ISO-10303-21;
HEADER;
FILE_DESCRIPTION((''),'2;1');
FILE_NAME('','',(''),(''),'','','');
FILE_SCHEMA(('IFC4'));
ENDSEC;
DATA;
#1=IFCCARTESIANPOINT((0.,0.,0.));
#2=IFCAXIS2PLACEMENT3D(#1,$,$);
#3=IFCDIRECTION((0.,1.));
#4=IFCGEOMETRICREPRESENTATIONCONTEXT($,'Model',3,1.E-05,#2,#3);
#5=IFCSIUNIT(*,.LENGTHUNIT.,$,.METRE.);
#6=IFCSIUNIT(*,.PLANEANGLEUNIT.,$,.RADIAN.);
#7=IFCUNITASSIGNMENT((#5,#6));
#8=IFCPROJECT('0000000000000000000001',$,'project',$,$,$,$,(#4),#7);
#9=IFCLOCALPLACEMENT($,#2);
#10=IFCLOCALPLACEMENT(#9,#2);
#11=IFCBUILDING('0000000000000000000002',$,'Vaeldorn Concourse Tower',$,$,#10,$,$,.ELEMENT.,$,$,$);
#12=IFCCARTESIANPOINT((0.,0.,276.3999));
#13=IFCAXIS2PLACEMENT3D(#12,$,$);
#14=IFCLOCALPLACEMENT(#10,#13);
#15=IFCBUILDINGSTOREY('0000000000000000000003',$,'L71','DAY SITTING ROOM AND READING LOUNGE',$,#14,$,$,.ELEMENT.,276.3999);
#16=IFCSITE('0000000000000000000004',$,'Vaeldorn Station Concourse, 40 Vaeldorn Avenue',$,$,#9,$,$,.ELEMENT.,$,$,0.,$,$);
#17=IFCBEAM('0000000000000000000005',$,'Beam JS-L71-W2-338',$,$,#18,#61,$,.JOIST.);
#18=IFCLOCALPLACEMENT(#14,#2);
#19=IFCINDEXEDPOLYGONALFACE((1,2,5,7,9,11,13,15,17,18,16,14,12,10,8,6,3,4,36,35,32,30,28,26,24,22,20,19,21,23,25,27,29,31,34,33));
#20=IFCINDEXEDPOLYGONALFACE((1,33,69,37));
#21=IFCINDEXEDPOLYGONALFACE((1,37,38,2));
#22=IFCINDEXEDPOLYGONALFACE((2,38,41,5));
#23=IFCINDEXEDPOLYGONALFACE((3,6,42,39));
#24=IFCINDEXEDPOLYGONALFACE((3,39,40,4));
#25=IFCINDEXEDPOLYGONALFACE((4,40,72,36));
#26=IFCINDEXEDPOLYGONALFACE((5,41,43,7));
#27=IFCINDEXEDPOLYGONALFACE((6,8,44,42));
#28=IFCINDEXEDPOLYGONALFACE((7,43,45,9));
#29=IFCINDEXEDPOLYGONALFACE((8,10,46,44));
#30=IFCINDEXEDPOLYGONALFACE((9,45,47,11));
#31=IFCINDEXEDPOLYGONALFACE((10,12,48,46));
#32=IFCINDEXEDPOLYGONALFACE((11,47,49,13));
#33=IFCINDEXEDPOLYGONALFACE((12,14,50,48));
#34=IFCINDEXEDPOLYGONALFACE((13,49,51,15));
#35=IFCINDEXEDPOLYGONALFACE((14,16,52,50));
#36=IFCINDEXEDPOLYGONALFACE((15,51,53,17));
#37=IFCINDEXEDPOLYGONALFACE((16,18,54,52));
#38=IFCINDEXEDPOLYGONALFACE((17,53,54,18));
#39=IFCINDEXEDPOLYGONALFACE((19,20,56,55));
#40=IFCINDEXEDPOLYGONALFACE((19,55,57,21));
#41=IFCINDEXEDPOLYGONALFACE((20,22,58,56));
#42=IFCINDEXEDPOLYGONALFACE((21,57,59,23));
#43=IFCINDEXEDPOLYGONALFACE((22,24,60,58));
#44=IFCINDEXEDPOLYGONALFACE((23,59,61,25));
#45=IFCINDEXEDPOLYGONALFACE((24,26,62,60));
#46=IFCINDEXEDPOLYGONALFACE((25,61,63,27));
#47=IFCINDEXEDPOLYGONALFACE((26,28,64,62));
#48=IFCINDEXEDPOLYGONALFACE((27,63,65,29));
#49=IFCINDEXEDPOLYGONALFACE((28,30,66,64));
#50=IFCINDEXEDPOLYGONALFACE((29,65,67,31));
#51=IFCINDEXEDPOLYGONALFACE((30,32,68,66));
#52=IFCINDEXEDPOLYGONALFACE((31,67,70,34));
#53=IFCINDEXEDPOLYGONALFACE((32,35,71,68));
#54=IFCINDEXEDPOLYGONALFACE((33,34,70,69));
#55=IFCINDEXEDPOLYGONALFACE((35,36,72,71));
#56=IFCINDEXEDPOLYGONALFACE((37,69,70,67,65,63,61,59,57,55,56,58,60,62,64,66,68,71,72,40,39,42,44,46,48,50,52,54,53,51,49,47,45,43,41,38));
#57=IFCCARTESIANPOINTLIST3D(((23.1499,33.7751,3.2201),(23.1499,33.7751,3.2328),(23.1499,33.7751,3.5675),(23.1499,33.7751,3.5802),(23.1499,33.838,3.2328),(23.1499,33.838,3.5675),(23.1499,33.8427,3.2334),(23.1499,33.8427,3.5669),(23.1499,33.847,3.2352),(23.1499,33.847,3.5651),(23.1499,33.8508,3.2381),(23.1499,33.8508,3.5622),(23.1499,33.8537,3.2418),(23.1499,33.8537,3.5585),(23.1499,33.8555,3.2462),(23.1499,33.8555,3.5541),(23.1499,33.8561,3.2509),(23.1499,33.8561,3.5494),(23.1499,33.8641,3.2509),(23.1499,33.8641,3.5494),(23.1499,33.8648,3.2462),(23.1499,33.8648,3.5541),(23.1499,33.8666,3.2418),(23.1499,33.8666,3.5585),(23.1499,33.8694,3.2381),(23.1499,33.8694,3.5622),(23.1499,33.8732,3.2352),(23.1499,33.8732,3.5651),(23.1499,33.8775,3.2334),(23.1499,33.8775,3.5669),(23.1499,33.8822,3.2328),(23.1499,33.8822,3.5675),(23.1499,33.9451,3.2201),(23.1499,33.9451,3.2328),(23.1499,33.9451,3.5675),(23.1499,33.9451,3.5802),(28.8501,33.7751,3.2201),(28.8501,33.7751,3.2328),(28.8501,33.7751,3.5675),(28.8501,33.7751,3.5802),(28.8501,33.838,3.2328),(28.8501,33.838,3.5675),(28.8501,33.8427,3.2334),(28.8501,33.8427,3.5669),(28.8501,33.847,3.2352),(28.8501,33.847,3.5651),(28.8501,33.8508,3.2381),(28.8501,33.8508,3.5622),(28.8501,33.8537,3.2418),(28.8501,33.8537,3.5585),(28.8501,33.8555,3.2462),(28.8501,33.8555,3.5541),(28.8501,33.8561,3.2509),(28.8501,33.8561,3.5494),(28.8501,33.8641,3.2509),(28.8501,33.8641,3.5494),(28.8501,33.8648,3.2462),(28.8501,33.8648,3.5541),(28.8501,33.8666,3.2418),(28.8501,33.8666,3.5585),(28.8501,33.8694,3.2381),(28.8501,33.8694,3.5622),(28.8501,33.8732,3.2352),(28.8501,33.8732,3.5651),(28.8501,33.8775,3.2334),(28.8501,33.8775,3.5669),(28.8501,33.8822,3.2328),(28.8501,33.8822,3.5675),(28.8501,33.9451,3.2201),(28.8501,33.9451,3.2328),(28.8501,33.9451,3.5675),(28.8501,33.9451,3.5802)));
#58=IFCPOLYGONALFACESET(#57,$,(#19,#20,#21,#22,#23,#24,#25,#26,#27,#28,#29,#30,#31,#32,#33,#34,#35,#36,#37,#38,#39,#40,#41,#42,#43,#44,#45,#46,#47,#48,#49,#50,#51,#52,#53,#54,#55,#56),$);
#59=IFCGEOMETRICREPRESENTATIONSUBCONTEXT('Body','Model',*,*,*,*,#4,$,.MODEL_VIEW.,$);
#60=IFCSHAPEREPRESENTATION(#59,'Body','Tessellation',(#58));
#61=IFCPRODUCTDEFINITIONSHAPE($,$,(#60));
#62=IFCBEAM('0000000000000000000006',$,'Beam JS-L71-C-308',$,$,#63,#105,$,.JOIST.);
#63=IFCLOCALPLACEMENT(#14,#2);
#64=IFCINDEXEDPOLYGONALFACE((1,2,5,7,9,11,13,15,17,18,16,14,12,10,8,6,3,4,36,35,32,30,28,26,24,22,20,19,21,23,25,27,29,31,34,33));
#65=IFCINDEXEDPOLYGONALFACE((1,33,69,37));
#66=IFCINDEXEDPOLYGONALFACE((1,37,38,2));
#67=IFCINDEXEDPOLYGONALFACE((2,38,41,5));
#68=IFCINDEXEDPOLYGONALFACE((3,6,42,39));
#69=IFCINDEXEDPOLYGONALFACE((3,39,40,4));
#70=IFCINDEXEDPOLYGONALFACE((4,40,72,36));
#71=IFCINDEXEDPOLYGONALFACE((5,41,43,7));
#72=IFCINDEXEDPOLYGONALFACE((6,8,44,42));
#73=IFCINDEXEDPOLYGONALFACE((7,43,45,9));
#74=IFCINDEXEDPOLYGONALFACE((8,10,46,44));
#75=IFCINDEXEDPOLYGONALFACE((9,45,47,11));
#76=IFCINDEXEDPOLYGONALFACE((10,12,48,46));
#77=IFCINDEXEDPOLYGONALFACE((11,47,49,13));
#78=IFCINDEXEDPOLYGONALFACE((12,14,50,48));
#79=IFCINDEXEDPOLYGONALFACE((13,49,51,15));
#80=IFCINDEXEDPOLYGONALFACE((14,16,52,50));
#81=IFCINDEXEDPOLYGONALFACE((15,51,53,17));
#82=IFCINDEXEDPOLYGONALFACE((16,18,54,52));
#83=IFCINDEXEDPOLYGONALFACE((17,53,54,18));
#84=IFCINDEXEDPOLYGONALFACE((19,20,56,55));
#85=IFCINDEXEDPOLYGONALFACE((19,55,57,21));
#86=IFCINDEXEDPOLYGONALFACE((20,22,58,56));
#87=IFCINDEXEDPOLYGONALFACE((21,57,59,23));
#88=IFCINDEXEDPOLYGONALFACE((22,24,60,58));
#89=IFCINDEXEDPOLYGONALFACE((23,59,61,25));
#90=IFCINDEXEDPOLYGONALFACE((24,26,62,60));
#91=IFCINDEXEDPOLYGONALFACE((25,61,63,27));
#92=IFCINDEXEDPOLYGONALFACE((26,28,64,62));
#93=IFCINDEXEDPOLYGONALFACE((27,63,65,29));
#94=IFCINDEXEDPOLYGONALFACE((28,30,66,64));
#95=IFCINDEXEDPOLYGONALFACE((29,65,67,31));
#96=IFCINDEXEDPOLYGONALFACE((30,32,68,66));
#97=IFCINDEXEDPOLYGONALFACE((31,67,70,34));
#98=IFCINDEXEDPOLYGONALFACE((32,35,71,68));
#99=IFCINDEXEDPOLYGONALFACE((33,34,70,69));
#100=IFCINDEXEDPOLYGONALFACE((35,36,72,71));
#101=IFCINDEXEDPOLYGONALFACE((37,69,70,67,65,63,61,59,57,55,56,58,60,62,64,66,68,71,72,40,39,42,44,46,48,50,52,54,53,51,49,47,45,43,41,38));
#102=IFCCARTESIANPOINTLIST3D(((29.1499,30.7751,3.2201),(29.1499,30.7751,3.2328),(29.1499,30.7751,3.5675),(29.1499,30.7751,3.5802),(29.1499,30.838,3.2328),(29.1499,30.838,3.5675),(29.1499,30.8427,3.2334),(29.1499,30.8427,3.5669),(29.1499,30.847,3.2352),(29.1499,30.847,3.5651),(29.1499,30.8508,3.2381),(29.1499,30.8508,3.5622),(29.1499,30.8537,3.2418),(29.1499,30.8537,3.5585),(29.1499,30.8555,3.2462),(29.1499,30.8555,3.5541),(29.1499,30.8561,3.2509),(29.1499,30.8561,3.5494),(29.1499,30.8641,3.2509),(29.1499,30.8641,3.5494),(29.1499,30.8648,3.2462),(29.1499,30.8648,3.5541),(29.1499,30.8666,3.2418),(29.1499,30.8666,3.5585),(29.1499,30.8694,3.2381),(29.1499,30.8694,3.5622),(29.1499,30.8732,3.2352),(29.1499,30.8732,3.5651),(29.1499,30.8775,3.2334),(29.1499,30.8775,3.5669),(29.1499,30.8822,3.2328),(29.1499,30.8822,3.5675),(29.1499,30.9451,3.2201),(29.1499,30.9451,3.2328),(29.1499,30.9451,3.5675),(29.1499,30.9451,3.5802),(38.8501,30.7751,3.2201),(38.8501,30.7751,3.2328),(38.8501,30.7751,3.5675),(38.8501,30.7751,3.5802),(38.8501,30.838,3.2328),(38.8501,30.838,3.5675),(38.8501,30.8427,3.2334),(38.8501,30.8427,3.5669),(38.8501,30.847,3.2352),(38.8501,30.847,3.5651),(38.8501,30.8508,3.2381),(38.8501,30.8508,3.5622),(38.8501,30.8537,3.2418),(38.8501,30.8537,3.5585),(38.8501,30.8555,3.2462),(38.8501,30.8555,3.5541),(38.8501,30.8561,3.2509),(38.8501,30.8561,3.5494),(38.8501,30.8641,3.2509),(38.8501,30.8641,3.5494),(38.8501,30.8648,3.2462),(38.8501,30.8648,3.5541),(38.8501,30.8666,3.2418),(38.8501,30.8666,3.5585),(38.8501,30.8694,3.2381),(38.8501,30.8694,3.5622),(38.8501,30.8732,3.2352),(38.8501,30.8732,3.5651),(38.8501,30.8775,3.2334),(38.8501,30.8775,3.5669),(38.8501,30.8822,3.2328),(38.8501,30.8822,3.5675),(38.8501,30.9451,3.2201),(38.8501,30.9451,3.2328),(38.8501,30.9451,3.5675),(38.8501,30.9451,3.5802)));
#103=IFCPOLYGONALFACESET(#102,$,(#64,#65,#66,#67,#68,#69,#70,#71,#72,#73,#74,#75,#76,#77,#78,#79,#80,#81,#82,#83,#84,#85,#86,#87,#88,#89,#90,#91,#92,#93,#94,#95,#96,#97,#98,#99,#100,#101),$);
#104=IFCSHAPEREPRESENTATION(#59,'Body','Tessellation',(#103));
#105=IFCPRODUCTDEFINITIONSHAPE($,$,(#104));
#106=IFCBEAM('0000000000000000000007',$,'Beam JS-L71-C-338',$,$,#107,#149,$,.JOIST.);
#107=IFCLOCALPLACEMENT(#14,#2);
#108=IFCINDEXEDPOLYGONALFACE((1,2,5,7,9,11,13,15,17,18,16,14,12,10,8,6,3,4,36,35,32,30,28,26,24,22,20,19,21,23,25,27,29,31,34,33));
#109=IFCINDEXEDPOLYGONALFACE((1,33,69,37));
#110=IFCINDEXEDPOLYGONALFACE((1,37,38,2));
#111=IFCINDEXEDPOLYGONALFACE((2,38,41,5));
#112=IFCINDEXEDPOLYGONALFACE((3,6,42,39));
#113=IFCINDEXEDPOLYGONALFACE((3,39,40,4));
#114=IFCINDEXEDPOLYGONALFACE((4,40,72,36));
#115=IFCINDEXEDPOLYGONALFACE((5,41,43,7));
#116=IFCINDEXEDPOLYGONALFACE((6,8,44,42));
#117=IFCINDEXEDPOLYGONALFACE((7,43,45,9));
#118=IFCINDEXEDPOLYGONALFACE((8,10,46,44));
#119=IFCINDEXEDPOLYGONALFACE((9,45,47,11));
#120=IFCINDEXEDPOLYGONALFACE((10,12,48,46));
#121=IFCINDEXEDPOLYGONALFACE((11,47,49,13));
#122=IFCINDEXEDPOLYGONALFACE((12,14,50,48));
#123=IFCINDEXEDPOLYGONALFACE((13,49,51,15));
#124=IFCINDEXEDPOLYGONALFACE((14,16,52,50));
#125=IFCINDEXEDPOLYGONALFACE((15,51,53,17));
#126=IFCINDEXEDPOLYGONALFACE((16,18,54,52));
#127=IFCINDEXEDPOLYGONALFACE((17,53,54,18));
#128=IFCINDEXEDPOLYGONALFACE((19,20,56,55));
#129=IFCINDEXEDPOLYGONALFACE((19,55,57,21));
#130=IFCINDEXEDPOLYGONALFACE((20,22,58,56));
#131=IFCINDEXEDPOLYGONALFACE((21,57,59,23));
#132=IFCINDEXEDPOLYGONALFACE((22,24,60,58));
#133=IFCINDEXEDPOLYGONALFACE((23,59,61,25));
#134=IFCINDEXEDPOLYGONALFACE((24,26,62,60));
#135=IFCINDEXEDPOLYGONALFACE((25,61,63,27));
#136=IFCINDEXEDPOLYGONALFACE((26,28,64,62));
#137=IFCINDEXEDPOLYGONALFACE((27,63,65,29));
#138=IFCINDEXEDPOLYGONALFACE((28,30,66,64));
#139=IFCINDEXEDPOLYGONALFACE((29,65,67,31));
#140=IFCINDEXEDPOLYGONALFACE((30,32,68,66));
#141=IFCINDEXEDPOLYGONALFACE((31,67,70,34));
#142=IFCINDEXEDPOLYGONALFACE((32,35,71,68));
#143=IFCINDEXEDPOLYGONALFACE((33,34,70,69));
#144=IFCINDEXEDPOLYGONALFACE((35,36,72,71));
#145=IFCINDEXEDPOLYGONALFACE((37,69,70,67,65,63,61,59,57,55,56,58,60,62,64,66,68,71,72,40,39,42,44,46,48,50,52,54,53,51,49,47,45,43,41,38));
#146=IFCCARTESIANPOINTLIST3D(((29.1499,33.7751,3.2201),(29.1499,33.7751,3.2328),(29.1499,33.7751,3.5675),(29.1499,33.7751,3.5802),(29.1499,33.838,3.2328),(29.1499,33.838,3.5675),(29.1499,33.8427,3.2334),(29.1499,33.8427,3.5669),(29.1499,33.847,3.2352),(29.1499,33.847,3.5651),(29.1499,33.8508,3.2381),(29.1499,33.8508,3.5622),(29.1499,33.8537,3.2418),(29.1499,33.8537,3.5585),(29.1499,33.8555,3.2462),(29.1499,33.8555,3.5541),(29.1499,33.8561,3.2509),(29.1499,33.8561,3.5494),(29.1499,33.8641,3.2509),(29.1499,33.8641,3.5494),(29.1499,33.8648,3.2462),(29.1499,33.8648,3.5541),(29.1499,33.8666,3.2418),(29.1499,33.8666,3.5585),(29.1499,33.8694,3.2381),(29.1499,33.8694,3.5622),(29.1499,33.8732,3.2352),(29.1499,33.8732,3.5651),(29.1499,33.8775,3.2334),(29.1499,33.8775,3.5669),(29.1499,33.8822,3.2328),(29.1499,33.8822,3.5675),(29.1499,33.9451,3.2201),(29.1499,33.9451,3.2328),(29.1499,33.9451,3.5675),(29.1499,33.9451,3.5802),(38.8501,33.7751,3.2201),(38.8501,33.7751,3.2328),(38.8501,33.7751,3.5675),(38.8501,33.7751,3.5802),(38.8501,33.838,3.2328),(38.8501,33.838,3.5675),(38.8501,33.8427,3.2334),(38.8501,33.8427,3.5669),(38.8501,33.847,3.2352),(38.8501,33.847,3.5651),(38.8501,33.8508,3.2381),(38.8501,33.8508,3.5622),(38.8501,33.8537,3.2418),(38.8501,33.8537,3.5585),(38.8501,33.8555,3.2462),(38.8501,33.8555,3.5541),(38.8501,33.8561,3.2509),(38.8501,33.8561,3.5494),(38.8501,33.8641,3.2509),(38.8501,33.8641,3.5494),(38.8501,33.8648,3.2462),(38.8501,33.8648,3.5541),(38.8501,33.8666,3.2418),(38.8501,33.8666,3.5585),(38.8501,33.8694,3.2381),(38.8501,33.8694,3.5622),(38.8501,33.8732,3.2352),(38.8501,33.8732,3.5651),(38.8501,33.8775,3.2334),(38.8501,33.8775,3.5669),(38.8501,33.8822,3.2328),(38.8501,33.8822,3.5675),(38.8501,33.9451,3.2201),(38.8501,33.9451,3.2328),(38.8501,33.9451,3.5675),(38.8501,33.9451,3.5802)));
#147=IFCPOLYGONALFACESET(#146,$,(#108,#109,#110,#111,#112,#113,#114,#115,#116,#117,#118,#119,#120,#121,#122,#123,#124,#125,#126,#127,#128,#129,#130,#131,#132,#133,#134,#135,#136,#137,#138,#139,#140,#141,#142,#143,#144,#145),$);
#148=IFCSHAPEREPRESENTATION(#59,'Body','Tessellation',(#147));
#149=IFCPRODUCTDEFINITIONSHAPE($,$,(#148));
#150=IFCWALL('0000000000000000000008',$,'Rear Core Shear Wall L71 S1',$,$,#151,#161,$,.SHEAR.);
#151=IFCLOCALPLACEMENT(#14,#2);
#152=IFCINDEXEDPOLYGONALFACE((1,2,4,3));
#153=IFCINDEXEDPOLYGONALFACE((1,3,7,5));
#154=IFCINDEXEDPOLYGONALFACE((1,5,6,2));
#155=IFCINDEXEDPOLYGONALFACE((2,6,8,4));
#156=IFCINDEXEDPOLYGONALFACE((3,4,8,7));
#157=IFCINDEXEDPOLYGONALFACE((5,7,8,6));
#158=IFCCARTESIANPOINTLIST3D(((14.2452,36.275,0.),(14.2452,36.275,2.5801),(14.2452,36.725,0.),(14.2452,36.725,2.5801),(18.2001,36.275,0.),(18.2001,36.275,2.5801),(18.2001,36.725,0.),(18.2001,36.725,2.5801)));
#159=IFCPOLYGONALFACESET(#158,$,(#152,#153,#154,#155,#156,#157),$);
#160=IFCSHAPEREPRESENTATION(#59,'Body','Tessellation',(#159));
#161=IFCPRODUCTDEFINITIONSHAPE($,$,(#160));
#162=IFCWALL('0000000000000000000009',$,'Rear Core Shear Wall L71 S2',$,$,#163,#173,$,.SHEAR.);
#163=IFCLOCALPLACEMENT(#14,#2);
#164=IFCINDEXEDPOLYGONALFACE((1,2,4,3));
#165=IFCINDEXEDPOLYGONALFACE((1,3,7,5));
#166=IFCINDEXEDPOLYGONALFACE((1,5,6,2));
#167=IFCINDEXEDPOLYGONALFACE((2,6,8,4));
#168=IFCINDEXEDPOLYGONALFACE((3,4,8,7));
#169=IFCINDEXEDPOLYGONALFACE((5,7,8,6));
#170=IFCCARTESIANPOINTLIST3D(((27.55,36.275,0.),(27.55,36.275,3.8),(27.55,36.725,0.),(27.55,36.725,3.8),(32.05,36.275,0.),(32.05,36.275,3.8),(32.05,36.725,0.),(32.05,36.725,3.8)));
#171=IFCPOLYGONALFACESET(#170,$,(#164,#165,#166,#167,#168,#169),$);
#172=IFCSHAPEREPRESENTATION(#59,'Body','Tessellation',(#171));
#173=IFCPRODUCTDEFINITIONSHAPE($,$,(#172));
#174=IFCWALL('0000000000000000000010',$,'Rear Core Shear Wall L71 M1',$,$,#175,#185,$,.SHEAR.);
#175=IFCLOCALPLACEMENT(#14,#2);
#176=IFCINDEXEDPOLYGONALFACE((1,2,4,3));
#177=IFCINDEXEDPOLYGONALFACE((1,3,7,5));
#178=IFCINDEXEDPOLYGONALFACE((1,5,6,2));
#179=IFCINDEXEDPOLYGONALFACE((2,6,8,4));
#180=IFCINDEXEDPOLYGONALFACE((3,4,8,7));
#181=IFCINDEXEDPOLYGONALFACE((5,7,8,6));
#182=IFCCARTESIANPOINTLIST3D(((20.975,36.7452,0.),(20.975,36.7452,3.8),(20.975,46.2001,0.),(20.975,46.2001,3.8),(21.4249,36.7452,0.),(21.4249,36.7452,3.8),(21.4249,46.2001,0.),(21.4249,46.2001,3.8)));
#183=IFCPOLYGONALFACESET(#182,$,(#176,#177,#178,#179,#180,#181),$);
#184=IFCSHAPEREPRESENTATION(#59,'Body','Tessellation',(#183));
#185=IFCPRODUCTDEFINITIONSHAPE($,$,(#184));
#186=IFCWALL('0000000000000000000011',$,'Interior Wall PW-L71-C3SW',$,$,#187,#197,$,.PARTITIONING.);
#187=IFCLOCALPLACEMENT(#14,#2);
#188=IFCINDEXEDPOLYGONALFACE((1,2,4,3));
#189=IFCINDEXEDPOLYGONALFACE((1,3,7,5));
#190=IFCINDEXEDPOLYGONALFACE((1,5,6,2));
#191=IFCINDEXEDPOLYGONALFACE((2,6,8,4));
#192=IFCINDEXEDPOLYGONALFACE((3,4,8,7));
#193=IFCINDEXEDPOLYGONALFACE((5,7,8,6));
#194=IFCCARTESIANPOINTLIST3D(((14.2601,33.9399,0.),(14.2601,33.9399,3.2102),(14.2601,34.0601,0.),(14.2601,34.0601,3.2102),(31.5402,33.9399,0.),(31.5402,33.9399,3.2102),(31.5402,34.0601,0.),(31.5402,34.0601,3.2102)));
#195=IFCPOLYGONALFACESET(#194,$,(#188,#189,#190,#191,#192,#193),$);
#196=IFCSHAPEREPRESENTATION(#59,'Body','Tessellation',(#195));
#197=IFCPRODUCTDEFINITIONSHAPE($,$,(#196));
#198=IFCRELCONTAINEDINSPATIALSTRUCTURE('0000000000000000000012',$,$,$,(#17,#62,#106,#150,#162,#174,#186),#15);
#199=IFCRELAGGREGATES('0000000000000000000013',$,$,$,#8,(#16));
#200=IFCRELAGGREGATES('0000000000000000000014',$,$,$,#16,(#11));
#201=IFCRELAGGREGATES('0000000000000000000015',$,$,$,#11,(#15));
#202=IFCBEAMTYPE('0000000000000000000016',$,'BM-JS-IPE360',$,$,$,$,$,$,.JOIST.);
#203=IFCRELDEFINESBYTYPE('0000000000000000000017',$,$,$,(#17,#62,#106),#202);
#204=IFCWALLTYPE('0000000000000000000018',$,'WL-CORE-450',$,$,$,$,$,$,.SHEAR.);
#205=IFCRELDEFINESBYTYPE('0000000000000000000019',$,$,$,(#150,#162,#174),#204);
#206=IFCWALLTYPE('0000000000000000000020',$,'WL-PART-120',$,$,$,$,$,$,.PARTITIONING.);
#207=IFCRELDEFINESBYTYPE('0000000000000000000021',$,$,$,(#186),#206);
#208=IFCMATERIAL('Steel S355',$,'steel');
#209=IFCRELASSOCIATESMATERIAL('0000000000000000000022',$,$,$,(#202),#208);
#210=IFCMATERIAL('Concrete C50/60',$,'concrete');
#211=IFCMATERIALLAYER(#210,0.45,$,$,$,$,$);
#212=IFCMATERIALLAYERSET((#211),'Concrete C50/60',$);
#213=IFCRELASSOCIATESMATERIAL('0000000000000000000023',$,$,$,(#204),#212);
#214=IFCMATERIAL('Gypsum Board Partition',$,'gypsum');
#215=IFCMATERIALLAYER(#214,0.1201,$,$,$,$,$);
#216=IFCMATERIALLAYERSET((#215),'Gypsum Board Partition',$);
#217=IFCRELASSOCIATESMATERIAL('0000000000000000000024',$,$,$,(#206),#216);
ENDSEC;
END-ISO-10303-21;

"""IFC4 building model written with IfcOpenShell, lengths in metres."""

from ifc_helpers import new_model, si_unit, direction, frame, frame_2d, origin, origin_2d, place, context, subcontext, project, spatial, rectangle, i_section, extrude, source, transform, mapped, material, layer, layer_set, material_profile, profile_set, type_object, element, save


model = new_model("IFC4")

# Units and contexts
model_context = context("Model", 3, precision=1e-05, world=origin(), true_north=direction((0.0, 1.0)))
body_context = subcontext(model_context, "Body", "Model", "MODEL_VIEW")
ifc_project = project(units=[si_unit("LENGTHUNIT", "METRE"), si_unit("PLANEANGLEUNIT", "RADIAN")], contexts=[model_context])

# Site, building, storey
site_placement = place(None, origin())
site = spatial("IfcSite", under=ifc_project, at=site_placement, Name="Vaeldorn Station Concourse, 40 Vaeldorn Avenue", CompositionType="ELEMENT", RefElevation=0.0)
building_placement = place(site_placement, origin())
building = spatial("IfcBuilding", under=site, at=building_placement, Name="Vaeldorn Concourse Tower", CompositionType="ELEMENT")
storey_placement = place(building_placement, frame((0.0, 0.0, 276.3999)))
storey = spatial("IfcBuildingStorey", under=building, at=storey_placement, Name="L71", Description="DAY SITTING ROOM AND READING LOUNGE", CompositionType="ELEMENT", Elevation=276.3999)

# Shared definitions
ifc_material_1 = material(Name="Steel S355", Category="steel")

# Beams
ifc_material_2 = material(Name="Concrete C50/60", Category="concrete")
ifc_material_profile_1 = material_profile(ifc_material_1, i_section(OverallWidth=0.1699, OverallDepth=0.3601, WebThickness=0.0081, FlangeThickness=0.0127, FilletRadius=0.0181, at=origin_2d()), Name="IPE 360")
ifc_profile_set_1 = profile_set([ifc_material_profile_1], Name="Steel S355")
beam_type_1 = type_object("IfcBeamType", Name="BM-JS-IPE360", PredefinedType="JOIST", material=ifc_profile_set_1)
shared_shape_1 = source(origin(), body_context, "Body", "SweptSolid", [
    extrude(i_section(OverallWidth=0.1699, OverallDepth=0.3601, WebThickness=0.0081, FlangeThickness=0.0127, FilletRadius=0.0181, at=origin_2d()), origin(), (0.0, 0.0, 1.0), 5.7002),
])
for number, where, z_axis, x_axis, name in (
    (1, (23.1499, 33.8601, 3.4001), (1.0, 0.0, 0.0), (0.0, 1.0, 0.0), "Beam JS-L71-W2-338"),
):
    element("IfcBeam", number, at=place(storey_placement, frame(where, z_axis=z_axis, x_axis=x_axis)), inside=storey, type_object=beam_type_1, Name=name, PredefinedType="JOIST", context=body_context, shape_type="MappedRepresentation", body=[
        mapped(shared_shape_1, transform((0.0, 0.0, 0.0), scale=1.0)),
    ])
shared_shape_2 = source(origin(), body_context, "Body", "SweptSolid", [
    extrude(i_section(OverallWidth=0.1699, OverallDepth=0.3601, WebThickness=0.0081, FlangeThickness=0.0127, FilletRadius=0.0181, at=origin_2d()), origin(), (0.0, 0.0, 1.0), 9.7002),
])
for number, where, z_axis, x_axis, name in (
    (2, (29.1499, 30.8601, 3.4001), (1.0, 0.0, 0.0), (0.0, 1.0, 0.0), "Beam JS-L71-C-308"),
    (3, (29.1499, 33.8601, 3.4001), (1.0, 0.0, 0.0), (0.0, 1.0, 0.0), "Beam JS-L71-C-338"),
):
    element("IfcBeam", number, at=place(storey_placement, frame(where, z_axis=z_axis, x_axis=x_axis)), inside=storey, type_object=beam_type_1, Name=name, PredefinedType="JOIST", context=body_context, shape_type="MappedRepresentation", body=[
        mapped(shared_shape_2, transform((0.0, 0.0, 0.0), scale=1.0)),
    ])

# Walls
ifc_layer_1 = layer(ifc_material_2, 0.45)
ifc_layer_set_1 = layer_set([ifc_layer_1], Name="Concrete C50/60")
wall_type_1 = type_object("IfcWallType", Name="WL-CORE-450", PredefinedType="SHEAR", material=ifc_layer_set_1)
wall_1_placement = place(storey_placement, frame((14.2451, 36.5, 0.0), z_axis=(0.0, 0.0, 1.0), x_axis=(1.0, 0.0, 0.0)))
element("IfcWall", 4, at=wall_1_placement, inside=storey, type_object=wall_type_1, Name="Rear Core Shear Wall L71 S1", PredefinedType="SHEAR", context=body_context, shape_type="SweptSolid", body=[
    extrude(rectangle(XDim=3.9548, YDim=0.45, at=frame_2d((1.9775, 0.0))), origin(), (0.0, 0.0, 1.0), 2.5801),
])
wall_2_placement = place(storey_placement, frame((27.55, 36.5, 0.0), z_axis=(0.0, 0.0, 1.0), x_axis=(1.0, 0.0, 0.0)))
element("IfcWall", 5, at=wall_2_placement, inside=storey, type_object=wall_type_1, Name="Rear Core Shear Wall L71 S2", PredefinedType="SHEAR", context=body_context, shape_type="SweptSolid", body=[
    extrude(rectangle(XDim=4.5, YDim=0.45, at=frame_2d((2.25, 0.0))), origin(), (0.0, 0.0, 1.0), 3.8),
])
wall_3_placement = place(storey_placement, frame((21.2, 36.7451, 0.0), z_axis=(0.0, 0.0, 1.0), x_axis=(0.0, 1.0, 0.0)))
element("IfcWall", 6, at=wall_3_placement, inside=storey, type_object=wall_type_1, Name="Rear Core Shear Wall L71 M1", PredefinedType="SHEAR", context=body_context, shape_type="SweptSolid", body=[
    extrude(rectangle(XDim=9.4548, YDim=0.45, at=frame_2d((4.7275, 0.0))), origin(), (0.0, 0.0, 1.0), 3.8),
])
ifc_material_3 = material(Name="Gypsum Board Partition", Category="gypsum")
ifc_layer_2 = layer(ifc_material_3, 0.1201)
ifc_layer_set_2 = layer_set([ifc_layer_2], Name="Gypsum Board Partition")
wall_type_2 = type_object("IfcWallType", Name="WL-PART-120", PredefinedType="PARTITIONING", material=ifc_layer_set_2)
wall_4_placement = place(storey_placement, frame((14.26, 34.0, 0.0), z_axis=(0.0, 0.0, 1.0), x_axis=(1.0, 0.0, 0.0)))
element("IfcWall", 7, at=wall_4_placement, inside=storey, type_object=wall_type_2, Name="Interior Wall PW-L71-C3SW", PredefinedType="PARTITIONING", context=body_context, shape_type="SweptSolid", body=[
    extrude(rectangle(XDim=17.28, YDim=0.1201, at=frame_2d((8.6401, 0.0))), origin(), (0.0, 0.0, 1.0), 3.2102),
])

save(model, "model.ifc")
